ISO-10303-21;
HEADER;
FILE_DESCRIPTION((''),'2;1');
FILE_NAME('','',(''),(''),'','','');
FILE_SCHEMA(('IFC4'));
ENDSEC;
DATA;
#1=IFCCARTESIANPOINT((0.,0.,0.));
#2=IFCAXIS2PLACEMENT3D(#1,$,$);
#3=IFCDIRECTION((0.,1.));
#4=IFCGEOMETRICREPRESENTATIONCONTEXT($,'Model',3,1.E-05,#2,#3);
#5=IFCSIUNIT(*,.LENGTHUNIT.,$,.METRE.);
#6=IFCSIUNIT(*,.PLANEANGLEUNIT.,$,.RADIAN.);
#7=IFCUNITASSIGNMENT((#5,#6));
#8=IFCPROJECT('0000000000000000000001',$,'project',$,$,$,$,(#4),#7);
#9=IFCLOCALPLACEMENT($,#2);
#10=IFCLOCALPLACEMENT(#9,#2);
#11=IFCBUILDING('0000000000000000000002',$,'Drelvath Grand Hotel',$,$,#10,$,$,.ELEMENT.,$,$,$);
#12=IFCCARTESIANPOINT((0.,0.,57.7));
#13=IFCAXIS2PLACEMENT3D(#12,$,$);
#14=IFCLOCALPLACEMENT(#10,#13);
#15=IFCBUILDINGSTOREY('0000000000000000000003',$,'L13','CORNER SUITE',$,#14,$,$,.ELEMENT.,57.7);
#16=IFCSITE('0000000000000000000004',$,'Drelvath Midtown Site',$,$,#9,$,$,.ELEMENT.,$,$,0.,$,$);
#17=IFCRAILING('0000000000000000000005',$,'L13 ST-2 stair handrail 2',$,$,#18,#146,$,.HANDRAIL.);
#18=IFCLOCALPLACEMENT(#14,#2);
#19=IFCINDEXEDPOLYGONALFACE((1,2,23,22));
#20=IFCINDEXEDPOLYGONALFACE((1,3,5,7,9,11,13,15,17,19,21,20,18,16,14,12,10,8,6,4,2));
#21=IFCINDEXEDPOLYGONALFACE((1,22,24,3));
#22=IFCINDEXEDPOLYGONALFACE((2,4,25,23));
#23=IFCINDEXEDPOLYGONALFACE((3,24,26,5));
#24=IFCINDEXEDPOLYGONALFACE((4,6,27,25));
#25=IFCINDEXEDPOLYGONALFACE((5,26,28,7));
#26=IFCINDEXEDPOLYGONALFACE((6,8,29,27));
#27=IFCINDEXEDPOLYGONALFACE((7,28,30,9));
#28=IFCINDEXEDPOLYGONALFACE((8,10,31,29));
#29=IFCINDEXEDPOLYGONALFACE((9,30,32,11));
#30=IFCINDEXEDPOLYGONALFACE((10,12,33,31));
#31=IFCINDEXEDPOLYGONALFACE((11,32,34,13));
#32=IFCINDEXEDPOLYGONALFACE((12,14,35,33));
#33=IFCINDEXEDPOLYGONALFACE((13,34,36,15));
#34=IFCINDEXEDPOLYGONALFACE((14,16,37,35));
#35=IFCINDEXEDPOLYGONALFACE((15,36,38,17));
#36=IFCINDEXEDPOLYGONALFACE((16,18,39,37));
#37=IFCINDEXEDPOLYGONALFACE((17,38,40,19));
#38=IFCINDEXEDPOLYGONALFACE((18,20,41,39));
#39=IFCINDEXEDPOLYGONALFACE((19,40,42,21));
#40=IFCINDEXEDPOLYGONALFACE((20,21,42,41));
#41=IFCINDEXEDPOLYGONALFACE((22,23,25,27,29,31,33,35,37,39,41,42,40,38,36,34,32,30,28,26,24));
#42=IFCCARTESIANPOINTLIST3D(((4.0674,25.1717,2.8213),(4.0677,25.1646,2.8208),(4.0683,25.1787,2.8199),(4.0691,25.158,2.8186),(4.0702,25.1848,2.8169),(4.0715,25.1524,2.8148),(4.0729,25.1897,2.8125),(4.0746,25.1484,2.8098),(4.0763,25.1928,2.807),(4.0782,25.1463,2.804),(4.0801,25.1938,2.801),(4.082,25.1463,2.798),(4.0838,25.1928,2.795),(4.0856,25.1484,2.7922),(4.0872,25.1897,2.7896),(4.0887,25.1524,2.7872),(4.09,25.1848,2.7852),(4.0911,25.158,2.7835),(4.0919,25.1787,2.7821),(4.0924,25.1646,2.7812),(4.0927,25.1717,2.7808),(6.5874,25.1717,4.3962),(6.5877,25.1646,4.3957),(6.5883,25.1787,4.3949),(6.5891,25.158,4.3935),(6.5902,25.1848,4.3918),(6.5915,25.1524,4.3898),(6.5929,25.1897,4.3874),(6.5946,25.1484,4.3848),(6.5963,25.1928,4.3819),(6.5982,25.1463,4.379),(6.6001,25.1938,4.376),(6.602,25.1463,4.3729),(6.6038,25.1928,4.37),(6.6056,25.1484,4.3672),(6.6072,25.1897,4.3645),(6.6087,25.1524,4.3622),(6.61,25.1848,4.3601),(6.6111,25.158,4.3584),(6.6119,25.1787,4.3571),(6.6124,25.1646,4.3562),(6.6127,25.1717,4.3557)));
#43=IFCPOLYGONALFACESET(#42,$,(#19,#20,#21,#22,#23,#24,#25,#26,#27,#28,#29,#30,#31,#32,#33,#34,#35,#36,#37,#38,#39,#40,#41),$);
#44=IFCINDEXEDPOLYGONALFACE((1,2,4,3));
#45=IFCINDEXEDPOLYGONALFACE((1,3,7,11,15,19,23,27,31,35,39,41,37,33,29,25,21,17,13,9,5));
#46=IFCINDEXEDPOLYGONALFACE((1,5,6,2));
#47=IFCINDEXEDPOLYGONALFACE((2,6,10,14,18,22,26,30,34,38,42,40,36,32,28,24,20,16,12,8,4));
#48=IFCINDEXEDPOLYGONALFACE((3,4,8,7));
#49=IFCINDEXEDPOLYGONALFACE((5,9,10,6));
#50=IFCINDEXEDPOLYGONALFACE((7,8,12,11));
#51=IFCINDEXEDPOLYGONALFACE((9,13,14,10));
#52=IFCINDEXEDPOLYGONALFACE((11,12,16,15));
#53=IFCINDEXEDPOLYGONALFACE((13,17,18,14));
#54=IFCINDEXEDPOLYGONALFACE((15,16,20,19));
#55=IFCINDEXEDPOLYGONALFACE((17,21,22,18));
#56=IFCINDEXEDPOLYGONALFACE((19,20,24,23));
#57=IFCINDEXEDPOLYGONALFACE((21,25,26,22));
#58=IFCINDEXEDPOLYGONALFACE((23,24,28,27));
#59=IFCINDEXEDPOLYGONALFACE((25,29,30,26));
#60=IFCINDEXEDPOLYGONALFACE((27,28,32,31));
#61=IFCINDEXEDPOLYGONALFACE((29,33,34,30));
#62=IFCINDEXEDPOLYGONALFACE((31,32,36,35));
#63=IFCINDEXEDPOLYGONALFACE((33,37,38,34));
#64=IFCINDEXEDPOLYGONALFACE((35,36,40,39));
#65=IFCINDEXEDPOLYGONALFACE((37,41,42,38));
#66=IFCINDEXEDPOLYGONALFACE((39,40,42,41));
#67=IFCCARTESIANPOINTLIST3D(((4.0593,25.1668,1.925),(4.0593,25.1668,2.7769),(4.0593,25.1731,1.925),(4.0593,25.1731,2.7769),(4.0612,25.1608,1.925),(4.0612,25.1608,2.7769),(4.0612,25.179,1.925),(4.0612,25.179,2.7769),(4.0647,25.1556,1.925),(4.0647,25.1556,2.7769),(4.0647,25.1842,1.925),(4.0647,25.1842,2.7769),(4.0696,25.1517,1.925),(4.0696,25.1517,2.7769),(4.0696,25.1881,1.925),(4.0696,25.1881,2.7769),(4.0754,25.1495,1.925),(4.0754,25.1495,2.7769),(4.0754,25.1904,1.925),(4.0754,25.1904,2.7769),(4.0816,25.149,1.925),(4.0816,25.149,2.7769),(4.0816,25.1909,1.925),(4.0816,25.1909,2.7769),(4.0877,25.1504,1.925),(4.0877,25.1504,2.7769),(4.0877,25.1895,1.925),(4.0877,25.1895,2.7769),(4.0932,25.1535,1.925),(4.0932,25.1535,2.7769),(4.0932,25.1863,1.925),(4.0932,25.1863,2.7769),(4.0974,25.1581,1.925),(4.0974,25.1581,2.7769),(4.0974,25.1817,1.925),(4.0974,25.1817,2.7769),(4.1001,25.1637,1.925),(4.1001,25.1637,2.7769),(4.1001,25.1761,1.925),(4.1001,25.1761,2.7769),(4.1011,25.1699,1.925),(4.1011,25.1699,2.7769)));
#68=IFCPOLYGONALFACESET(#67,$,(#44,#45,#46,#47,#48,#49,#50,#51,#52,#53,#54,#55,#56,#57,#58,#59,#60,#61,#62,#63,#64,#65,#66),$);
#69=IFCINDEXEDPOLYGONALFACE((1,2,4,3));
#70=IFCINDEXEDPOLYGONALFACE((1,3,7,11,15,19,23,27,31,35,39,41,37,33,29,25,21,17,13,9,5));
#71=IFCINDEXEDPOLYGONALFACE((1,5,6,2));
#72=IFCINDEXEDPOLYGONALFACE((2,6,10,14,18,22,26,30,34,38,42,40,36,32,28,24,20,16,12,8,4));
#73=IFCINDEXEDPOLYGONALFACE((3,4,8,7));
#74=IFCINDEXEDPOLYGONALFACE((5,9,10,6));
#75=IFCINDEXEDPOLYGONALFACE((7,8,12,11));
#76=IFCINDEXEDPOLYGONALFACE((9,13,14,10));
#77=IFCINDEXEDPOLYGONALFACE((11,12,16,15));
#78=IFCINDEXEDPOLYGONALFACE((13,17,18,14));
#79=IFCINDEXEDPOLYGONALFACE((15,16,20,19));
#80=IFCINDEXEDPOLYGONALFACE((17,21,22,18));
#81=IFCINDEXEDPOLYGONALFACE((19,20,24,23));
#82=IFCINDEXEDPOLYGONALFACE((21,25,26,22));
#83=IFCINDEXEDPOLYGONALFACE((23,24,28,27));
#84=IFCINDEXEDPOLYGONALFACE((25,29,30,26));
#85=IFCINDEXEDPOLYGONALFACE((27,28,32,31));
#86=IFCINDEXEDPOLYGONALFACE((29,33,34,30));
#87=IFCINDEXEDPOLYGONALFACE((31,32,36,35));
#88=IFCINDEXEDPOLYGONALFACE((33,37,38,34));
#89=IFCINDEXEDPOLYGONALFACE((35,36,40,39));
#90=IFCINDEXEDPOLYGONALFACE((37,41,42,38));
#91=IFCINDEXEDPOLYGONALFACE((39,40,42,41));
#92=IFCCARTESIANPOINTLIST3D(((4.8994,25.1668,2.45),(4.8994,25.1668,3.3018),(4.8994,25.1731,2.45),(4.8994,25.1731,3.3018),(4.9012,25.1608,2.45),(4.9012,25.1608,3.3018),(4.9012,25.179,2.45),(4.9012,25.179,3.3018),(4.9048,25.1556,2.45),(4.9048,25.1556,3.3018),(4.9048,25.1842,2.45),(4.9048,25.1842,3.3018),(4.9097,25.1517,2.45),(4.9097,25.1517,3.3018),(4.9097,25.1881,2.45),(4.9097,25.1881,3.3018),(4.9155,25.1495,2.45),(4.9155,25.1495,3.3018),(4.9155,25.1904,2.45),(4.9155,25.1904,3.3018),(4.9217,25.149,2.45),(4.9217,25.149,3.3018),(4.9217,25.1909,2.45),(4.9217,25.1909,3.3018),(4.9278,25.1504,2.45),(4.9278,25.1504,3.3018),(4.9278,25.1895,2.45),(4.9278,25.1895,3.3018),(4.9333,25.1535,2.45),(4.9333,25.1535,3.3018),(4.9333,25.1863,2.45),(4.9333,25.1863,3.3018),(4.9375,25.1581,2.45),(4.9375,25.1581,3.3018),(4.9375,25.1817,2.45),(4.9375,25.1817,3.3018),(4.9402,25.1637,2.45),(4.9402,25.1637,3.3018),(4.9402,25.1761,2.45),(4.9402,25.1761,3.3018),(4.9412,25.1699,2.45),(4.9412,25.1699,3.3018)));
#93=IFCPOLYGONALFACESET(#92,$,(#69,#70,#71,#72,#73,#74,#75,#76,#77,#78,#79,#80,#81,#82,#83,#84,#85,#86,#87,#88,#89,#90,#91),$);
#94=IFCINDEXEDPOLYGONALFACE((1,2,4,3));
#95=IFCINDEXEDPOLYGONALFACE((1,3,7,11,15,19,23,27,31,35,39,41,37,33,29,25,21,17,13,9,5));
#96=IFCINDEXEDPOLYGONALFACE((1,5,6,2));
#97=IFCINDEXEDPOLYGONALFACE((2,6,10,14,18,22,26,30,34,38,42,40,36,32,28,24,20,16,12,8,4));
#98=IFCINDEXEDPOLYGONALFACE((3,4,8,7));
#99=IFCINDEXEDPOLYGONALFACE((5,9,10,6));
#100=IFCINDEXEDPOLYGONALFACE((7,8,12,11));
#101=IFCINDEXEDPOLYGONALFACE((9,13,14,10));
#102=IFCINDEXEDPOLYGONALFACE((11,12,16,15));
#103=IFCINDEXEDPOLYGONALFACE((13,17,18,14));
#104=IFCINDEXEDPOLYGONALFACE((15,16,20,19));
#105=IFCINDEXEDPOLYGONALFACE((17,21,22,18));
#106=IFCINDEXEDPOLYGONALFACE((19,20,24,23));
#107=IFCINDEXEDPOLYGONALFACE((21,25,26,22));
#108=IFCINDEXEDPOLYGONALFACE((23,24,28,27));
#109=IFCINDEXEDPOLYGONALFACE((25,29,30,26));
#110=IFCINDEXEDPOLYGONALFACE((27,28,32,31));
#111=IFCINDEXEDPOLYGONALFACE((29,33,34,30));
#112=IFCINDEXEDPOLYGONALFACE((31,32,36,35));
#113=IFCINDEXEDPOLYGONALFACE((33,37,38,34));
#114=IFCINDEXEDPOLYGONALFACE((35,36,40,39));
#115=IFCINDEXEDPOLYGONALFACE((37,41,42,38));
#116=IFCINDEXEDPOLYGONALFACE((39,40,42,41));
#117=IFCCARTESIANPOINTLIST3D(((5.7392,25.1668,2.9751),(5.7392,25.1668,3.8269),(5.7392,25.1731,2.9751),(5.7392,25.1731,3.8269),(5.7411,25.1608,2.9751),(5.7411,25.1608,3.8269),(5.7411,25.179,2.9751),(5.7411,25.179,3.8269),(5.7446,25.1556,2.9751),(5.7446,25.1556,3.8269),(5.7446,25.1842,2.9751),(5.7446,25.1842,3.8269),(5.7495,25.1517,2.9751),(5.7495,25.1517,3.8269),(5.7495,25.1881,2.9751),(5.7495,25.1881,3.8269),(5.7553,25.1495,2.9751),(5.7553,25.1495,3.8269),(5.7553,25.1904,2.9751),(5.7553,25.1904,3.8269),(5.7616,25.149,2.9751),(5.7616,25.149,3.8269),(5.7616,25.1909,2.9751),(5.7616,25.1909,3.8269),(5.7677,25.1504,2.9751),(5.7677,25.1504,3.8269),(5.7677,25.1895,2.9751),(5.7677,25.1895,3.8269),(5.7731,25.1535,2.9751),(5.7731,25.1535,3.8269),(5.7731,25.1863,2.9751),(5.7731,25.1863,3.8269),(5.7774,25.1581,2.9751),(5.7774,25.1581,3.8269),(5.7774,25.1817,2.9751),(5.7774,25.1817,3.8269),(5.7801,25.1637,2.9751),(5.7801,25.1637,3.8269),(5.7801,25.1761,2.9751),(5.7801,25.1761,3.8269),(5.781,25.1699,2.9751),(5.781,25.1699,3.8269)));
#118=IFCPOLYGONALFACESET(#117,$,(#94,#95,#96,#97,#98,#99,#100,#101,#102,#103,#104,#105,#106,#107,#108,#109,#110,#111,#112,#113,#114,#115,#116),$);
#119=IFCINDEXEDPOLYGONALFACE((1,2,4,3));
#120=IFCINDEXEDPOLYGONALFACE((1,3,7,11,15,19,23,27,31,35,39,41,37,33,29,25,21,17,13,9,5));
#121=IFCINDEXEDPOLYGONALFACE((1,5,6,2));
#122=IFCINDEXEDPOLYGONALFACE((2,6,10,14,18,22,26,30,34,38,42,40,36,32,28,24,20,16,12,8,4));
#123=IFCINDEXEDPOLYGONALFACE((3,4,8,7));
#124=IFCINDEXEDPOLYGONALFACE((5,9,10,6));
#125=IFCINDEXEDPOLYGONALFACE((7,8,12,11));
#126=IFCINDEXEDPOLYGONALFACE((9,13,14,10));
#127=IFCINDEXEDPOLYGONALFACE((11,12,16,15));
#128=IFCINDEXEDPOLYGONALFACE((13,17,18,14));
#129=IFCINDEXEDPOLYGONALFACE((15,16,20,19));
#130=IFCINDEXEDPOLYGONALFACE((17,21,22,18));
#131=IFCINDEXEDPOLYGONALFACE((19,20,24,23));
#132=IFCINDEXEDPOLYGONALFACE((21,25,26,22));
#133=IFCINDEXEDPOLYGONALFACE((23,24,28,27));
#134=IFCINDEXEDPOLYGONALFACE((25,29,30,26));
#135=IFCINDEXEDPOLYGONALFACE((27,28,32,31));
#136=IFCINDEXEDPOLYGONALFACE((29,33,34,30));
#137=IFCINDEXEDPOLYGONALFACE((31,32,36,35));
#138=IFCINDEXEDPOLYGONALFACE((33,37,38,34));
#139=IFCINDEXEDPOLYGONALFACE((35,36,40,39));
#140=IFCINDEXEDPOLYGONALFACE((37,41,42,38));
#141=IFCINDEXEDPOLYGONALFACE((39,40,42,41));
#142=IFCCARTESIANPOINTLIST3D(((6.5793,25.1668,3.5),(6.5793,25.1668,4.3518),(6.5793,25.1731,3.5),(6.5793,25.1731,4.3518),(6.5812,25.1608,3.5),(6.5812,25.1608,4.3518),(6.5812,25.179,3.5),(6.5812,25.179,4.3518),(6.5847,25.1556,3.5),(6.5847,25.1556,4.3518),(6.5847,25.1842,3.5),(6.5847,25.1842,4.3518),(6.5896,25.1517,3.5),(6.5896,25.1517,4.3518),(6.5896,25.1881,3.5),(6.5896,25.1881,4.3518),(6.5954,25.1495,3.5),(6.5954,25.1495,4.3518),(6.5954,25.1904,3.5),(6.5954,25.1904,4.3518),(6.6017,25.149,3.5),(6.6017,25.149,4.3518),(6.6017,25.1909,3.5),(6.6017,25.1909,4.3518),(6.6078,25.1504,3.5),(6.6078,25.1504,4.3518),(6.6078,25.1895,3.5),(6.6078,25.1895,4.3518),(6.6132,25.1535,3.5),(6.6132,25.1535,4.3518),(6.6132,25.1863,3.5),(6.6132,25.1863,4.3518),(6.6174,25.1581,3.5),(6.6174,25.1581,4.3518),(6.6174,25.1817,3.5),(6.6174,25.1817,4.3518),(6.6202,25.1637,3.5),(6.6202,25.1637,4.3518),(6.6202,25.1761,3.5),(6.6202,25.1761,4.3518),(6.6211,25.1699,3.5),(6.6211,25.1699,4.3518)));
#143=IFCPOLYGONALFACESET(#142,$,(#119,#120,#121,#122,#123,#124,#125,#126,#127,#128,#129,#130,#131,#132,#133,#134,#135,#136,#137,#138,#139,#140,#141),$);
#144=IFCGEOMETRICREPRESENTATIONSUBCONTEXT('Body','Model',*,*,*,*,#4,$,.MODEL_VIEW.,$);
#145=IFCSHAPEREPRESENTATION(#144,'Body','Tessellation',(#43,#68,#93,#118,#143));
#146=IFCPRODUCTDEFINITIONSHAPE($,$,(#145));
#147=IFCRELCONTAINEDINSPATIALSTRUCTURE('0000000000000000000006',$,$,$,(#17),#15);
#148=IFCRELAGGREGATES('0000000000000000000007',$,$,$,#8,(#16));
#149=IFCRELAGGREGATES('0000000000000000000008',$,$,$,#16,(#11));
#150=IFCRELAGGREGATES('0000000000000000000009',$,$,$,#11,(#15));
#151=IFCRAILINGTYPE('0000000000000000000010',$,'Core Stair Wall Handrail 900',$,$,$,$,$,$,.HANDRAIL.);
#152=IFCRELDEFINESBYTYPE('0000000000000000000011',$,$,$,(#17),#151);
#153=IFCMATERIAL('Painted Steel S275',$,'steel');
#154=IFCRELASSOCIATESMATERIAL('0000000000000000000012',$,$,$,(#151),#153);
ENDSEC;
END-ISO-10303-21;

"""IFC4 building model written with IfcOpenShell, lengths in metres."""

from ifc_helpers import new_model, si_unit, direction, frame, origin, origin_2d, place, context, subcontext, project, spatial, circle, extrude, material, type_object, element, save


model = new_model("IFC4")

# Units and contexts
model_context = context("Model", 3, precision=1e-05, world=origin(), true_north=direction((0.0, 1.0)))
body_context = subcontext(model_context, "Body", "Model", "MODEL_VIEW")
ifc_project = project(units=[si_unit("LENGTHUNIT", "METRE"), si_unit("PLANEANGLEUNIT", "RADIAN")], contexts=[model_context])

# Site, building, storey
site_placement = place(None, origin())
site = spatial("IfcSite", under=ifc_project, at=site_placement, Name="Drelvath Midtown Site", CompositionType="ELEMENT", RefElevation=0.0)
building_placement = place(site_placement, origin())
building = spatial("IfcBuilding", under=site, at=building_placement, Name="Drelvath Grand Hotel", CompositionType="ELEMENT")
storey_placement = place(building_placement, frame((0.0, 0.0, 57.7)))
storey = spatial("IfcBuildingStorey", under=building, at=storey_placement, Name="L13", Description="CORNER SUITE", CompositionType="ELEMENT", Elevation=57.7)

# Shared definitions
ifc_material_1 = material(Name="Painted Steel S275", Category="steel")

# Railing
railing_type_1 = type_object("IfcRailingType", Name="Core Stair Wall Handrail 900", PredefinedType="HANDRAIL", material=ifc_material_1)
railing_1_placement = place(storey_placement, frame((4.0801, 25.1699, 1.925)))
element("IfcRailing", 1, at=railing_1_placement, inside=storey, type_object=railing_type_1, Name="L13 ST-2 stair handrail 2", PredefinedType="HANDRAIL", context=body_context, shape_type="SweptSolid", body=[
    extrude(circle(Radius=0.0239, at=origin_2d()), frame((0.0, 0.0, 0.876), z_axis=(0.848008, 0.0, 0.529984), x_axis=(0.0, 1.0, 0.0)), (0.0, 0.0, 1.0), 2.9717),
    extrude(circle(Radius=0.021, at=origin_2d()), origin(), (0.0, 0.0, 1.0), 0.8518),
    extrude(circle(Radius=0.021, at=origin_2d()), frame((0.8401, 0.0, 0.5249)), (0.0, 0.0, 1.0), 0.8518),
    extrude(circle(Radius=0.021, at=origin_2d()), frame((1.6799, 0.0, 1.05)), (0.0, 0.0, 1.0), 0.8518),
    extrude(circle(Radius=0.021, at=origin_2d()), frame((2.52, 0.0, 1.575)), (0.0, 0.0, 1.0), 0.8518),
])

save(model, "model.ifc")
